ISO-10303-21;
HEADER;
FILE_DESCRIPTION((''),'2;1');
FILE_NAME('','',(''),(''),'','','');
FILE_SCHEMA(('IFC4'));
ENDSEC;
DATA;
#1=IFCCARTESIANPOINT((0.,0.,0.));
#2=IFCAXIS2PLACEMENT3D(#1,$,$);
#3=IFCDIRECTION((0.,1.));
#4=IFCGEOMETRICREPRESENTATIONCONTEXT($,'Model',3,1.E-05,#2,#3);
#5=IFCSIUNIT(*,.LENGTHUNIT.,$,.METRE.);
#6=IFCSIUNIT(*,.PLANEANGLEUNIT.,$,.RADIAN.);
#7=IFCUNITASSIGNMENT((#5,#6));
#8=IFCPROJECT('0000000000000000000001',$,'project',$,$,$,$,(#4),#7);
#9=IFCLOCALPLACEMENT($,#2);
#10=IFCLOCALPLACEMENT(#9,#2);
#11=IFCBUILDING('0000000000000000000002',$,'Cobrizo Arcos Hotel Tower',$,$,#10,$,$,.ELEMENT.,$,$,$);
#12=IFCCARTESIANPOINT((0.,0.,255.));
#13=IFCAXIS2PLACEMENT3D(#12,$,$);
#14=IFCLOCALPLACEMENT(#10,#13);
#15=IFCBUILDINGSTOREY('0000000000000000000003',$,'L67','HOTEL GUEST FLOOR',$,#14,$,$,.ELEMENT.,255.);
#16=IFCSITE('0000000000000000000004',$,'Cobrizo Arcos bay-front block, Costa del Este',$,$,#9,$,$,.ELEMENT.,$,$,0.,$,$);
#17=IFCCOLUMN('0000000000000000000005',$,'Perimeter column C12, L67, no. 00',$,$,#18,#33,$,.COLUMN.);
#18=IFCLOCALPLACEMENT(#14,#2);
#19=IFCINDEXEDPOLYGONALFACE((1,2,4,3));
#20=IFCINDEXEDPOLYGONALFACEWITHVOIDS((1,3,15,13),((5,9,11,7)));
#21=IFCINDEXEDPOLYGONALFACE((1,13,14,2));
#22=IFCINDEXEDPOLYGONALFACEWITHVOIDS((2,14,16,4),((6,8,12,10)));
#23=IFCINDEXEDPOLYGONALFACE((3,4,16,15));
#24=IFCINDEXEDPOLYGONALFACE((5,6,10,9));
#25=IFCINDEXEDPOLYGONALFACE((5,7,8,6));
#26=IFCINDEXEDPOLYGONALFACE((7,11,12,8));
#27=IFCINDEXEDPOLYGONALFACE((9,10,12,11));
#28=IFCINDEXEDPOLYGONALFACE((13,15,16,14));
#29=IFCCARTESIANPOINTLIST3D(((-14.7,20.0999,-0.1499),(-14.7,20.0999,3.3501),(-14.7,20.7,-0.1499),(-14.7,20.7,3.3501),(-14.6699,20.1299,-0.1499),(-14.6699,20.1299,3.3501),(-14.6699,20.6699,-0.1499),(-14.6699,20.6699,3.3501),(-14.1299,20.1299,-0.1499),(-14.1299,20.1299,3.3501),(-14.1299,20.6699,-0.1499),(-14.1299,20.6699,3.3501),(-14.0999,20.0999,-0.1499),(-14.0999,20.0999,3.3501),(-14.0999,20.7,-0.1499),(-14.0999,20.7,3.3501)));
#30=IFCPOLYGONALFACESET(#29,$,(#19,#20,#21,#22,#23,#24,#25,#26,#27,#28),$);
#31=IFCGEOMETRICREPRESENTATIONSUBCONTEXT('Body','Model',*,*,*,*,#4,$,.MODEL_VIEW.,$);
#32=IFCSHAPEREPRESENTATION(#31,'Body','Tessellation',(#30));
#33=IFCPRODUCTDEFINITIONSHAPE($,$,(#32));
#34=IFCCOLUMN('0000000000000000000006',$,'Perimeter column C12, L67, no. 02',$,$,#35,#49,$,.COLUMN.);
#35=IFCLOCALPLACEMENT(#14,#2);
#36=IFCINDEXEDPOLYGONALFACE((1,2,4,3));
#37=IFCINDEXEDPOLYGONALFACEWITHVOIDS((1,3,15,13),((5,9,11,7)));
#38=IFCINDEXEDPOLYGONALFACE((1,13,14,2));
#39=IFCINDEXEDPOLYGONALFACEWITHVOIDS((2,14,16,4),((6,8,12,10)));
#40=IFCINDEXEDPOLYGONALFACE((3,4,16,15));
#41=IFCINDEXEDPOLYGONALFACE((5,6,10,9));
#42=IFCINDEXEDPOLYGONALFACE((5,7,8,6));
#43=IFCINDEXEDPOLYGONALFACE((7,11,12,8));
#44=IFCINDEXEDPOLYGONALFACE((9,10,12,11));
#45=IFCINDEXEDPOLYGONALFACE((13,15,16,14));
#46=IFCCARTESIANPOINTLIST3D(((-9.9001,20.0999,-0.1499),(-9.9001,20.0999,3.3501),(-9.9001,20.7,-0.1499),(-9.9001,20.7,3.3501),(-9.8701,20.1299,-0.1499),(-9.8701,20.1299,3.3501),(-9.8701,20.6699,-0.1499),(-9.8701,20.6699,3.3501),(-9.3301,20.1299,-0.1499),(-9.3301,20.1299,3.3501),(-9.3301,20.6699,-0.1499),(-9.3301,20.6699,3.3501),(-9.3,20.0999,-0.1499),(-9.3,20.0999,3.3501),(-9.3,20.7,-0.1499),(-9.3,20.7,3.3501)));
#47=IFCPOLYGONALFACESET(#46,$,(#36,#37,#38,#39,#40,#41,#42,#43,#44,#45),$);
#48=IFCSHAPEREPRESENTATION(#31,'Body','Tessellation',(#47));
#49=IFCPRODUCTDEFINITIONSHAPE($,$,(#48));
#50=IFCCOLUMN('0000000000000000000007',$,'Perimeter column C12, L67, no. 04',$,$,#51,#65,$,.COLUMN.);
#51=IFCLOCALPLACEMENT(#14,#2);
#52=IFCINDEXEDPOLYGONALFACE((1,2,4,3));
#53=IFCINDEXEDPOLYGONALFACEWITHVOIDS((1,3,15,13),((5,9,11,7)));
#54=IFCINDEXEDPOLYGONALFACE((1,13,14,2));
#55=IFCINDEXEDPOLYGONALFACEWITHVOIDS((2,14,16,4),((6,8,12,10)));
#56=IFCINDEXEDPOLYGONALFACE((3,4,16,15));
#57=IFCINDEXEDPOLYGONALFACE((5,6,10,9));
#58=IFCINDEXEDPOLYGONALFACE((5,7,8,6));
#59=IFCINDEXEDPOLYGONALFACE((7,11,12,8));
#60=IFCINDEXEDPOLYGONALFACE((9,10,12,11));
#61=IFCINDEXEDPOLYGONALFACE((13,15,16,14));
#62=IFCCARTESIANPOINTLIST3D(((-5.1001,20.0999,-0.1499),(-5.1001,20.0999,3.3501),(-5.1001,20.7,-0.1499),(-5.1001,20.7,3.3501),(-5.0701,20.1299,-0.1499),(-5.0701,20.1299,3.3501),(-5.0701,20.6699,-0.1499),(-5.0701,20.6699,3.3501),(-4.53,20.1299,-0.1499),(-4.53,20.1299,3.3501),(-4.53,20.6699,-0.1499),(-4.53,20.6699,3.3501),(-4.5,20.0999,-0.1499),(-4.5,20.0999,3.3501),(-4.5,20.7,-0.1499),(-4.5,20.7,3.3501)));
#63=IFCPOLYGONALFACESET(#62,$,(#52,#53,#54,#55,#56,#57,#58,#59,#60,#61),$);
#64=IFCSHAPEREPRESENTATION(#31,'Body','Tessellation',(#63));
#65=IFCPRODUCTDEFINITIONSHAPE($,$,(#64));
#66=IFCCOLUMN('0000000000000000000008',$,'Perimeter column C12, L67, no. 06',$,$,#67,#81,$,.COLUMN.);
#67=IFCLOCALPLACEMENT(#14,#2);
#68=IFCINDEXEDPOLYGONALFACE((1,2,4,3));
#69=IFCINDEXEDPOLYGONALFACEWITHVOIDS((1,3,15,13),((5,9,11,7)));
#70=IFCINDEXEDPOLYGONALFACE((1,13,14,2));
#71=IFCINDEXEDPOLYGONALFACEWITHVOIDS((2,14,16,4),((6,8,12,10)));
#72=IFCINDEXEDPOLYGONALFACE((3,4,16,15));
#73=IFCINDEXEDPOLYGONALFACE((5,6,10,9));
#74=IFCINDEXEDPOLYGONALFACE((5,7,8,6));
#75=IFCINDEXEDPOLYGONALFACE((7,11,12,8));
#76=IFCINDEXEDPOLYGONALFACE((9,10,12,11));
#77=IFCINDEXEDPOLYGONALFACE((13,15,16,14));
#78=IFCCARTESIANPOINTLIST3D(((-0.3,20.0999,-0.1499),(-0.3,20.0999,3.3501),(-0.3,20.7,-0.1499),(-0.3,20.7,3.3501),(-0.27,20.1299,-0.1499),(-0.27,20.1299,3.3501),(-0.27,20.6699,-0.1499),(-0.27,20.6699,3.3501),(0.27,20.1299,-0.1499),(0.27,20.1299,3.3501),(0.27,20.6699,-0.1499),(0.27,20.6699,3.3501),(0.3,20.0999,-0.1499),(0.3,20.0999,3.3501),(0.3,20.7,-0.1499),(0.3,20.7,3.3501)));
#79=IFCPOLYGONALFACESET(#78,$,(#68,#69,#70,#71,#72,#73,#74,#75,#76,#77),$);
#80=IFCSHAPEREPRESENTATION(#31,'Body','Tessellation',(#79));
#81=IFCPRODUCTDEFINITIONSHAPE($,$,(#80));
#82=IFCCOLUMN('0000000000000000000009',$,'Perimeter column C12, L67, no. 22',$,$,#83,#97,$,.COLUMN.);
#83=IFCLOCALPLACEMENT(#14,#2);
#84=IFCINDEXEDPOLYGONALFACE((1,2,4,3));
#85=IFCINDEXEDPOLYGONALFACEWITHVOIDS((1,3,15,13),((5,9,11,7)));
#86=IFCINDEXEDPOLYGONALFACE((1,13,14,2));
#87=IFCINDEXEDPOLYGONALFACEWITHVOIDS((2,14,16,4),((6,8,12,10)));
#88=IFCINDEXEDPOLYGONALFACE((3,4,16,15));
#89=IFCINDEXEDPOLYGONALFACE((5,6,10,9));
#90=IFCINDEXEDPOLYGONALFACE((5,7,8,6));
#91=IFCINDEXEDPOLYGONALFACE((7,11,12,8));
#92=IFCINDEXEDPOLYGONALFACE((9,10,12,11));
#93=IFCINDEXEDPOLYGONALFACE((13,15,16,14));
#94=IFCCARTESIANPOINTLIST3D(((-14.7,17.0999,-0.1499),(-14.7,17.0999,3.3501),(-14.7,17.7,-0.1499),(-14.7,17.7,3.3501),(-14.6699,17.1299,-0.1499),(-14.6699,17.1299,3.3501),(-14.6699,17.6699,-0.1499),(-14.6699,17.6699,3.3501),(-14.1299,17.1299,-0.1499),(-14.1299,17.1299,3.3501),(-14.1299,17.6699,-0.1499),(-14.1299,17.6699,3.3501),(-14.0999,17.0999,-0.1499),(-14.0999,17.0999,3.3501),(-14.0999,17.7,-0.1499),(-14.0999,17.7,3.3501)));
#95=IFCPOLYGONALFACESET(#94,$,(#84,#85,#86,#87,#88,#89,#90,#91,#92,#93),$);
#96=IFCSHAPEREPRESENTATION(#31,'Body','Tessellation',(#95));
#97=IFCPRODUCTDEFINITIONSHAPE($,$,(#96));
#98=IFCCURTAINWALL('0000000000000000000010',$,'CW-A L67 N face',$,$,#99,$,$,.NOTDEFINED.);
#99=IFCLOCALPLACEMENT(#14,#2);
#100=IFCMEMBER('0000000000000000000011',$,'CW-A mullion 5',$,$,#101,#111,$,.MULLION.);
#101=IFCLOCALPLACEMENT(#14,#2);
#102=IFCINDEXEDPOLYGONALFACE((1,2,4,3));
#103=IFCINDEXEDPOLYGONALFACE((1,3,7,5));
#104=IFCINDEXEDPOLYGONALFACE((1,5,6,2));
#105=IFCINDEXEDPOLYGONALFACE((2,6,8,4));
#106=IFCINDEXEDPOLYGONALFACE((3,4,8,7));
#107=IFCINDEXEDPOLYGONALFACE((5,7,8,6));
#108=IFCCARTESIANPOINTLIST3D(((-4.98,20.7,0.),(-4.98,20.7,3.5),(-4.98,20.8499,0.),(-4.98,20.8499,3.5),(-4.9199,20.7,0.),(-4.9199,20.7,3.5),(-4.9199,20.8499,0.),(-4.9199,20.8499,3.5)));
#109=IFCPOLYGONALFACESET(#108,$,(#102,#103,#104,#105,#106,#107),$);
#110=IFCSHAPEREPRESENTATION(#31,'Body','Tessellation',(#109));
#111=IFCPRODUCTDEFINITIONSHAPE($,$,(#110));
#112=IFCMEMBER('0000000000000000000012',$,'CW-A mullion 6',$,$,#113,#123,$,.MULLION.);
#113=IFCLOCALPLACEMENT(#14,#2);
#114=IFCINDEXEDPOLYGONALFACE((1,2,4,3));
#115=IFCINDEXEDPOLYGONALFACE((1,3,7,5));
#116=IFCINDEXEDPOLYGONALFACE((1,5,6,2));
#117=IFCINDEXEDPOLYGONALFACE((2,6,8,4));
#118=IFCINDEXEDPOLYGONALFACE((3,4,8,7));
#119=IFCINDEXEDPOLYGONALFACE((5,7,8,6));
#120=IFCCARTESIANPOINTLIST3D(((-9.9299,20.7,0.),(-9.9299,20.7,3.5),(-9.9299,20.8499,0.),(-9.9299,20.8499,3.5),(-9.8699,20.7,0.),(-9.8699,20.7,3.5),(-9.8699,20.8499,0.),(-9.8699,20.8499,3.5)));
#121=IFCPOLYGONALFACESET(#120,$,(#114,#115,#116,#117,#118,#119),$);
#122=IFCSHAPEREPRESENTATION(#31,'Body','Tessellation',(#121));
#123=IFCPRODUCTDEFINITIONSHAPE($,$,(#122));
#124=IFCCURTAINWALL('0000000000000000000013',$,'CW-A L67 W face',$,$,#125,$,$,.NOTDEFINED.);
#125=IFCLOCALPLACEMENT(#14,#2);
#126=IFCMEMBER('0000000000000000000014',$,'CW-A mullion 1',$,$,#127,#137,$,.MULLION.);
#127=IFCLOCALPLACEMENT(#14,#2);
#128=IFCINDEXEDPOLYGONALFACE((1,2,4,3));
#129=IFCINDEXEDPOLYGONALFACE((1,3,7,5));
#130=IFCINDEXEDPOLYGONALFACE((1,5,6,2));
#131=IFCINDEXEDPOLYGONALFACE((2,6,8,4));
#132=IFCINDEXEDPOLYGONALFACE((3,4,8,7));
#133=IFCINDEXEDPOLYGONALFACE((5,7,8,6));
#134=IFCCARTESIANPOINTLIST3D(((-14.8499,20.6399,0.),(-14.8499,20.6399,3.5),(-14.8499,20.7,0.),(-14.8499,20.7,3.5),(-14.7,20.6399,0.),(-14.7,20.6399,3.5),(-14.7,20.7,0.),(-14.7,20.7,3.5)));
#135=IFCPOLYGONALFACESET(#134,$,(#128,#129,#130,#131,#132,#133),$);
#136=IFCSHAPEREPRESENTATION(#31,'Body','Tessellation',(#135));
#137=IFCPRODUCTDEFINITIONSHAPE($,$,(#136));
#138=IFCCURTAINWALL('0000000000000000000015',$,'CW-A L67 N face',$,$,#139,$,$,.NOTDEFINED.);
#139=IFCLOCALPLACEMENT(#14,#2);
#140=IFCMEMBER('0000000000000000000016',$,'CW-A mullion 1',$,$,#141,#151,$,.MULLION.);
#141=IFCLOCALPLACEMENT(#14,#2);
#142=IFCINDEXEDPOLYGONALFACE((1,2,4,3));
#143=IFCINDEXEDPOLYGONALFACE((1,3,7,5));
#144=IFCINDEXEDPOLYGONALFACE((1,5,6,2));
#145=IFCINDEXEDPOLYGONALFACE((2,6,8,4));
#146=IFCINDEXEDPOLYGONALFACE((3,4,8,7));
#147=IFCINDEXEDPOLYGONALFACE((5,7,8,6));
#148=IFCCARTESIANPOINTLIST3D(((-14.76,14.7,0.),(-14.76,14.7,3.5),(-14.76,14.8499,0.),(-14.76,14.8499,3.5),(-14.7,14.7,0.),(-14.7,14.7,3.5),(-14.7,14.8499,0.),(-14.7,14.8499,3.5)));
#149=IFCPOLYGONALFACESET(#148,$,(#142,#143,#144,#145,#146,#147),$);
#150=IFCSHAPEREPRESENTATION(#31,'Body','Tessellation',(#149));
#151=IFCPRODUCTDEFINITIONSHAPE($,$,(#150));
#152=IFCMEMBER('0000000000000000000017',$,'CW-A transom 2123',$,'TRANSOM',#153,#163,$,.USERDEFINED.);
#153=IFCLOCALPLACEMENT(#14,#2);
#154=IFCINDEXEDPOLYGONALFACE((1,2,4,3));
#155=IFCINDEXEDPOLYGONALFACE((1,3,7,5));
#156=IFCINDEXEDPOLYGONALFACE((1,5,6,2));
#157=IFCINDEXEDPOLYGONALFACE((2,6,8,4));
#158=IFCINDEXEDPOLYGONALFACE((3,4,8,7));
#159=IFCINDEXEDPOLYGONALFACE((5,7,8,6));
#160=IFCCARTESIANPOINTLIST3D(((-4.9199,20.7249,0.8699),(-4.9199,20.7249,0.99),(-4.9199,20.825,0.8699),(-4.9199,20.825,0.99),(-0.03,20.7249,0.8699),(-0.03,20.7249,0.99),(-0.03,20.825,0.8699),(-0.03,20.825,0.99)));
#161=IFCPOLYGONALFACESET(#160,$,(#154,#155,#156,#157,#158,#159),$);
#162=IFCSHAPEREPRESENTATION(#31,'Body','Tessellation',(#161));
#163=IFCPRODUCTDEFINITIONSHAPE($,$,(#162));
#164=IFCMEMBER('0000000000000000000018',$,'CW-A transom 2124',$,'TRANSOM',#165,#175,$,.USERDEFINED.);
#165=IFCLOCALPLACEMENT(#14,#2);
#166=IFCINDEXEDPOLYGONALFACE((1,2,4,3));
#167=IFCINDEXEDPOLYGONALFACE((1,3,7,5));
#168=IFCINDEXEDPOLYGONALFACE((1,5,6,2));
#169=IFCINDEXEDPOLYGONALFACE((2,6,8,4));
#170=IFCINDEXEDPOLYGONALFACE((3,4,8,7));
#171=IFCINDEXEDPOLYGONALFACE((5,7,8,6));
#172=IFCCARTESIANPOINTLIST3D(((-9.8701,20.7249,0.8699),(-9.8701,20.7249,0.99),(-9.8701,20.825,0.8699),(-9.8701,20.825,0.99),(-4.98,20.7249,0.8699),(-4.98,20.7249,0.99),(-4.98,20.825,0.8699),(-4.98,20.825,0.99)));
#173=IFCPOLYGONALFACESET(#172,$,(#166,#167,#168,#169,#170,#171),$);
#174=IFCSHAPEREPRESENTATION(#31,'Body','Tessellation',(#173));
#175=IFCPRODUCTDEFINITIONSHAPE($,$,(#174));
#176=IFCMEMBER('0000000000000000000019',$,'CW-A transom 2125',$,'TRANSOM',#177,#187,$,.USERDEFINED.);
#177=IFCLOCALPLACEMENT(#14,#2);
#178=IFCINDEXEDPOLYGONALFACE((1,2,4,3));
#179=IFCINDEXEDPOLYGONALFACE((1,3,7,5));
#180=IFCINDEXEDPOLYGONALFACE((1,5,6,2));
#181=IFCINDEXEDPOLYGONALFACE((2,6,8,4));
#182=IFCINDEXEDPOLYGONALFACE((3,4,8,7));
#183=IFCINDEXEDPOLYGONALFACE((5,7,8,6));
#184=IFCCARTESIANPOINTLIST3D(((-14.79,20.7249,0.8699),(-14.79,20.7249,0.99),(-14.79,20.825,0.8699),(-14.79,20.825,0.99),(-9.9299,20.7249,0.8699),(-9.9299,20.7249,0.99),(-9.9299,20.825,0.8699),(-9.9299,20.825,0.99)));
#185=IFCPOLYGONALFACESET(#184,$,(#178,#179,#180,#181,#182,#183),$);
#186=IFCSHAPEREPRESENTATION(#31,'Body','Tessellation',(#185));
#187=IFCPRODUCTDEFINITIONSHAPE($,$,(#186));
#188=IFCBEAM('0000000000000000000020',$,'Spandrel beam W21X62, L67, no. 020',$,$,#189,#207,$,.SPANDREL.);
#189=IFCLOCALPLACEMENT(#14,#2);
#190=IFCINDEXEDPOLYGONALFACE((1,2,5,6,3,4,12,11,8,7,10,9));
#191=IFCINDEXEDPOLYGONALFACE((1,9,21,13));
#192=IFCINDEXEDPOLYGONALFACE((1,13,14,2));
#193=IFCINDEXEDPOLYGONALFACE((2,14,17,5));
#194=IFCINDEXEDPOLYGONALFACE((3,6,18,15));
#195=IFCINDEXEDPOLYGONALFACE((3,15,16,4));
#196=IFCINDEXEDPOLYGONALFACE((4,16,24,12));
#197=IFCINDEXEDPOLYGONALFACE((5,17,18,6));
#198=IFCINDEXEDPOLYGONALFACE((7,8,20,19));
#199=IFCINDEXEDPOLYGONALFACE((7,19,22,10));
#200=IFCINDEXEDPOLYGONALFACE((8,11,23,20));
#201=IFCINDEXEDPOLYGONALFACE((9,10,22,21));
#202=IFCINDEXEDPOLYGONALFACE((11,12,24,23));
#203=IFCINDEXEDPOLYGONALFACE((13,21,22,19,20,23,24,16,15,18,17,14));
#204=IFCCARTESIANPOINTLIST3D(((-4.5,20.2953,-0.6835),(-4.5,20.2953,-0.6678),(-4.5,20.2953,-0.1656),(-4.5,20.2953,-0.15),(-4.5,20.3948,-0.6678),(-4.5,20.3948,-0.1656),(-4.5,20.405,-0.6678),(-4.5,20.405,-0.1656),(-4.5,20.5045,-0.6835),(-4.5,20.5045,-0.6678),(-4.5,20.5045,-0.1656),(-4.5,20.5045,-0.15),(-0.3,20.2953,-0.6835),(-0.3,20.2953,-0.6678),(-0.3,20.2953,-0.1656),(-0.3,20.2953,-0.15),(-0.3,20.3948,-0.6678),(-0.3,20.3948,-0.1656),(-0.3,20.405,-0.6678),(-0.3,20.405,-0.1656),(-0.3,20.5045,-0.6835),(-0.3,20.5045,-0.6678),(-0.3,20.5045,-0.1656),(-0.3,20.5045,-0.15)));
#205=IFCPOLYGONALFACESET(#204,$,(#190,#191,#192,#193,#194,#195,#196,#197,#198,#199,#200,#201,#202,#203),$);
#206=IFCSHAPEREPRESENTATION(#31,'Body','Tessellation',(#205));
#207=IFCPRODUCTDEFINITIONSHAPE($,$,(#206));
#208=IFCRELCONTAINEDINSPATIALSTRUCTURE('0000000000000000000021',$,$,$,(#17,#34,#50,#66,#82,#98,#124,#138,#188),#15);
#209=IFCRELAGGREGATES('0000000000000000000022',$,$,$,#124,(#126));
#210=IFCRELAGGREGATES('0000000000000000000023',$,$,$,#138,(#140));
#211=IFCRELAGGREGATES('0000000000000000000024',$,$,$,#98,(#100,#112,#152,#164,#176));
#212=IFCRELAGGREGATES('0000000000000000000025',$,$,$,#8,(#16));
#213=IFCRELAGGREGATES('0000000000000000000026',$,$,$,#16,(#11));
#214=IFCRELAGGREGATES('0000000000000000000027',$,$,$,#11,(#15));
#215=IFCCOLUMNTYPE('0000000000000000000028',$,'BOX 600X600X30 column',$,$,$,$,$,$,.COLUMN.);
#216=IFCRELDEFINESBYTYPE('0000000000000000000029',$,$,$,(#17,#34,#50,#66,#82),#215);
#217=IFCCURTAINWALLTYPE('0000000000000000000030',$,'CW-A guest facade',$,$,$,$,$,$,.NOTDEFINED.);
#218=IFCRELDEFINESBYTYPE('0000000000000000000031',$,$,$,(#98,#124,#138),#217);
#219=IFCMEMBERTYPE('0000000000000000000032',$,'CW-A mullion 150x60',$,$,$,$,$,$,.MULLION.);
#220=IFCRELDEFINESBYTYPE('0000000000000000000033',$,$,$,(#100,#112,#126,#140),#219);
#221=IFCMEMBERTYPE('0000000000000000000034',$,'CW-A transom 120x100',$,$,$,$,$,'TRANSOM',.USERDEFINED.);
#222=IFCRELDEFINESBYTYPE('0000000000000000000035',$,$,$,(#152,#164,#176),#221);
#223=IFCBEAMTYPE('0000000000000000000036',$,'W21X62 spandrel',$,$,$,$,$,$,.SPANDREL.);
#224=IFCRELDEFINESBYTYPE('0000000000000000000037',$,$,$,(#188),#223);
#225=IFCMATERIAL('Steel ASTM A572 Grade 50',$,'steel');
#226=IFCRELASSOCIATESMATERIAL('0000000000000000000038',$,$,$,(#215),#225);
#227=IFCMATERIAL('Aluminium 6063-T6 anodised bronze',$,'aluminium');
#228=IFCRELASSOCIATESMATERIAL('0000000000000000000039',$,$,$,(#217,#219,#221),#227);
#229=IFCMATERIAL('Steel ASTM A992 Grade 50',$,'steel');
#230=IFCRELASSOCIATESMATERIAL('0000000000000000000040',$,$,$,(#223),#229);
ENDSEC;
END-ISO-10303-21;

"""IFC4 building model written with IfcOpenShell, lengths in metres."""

from ifc_helpers import new_model, si_unit, direction, frame, origin, origin_2d, place, context, subcontext, project, spatial, rectangle, hollow_rectangle, i_section, extrude, material, material_profile, profile_set, type_object, element, aggregate, save


model = new_model("IFC4")

# Units and contexts
model_context = context("Model", 3, precision=1e-05, world=origin(), true_north=direction((0.0, 1.0)))
body_context = subcontext(model_context, "Body", "Model", "MODEL_VIEW")
ifc_project = project(units=[si_unit("LENGTHUNIT", "METRE"), si_unit("PLANEANGLEUNIT", "RADIAN")], contexts=[model_context])

# Site, building, storey
site_placement = place(None, origin())
site = spatial("IfcSite", under=ifc_project, at=site_placement, Name="Cobrizo Arcos bay-front block, Costa del Este", CompositionType="ELEMENT", RefElevation=0.0)
building_placement = place(site_placement, origin())
building = spatial("IfcBuilding", under=site, at=building_placement, Name="Cobrizo Arcos Hotel Tower", CompositionType="ELEMENT")
storey_placement = place(building_placement, frame((0.0, 0.0, 255.0)))
storey = spatial("IfcBuildingStorey", under=building, at=storey_placement, Name="L67", Description="HOTEL GUEST FLOOR", CompositionType="ELEMENT", Elevation=255.0)

# Columns
ifc_material_1 = material(Name="Steel ASTM A572 Grade 50", Category="steel")
ifc_material_profile_1 = material_profile(ifc_material_1, hollow_rectangle(XDim=0.6001, YDim=0.6001, WallThickness=0.03, at=origin_2d()), Name="BOX 600X600X30")
ifc_profile_set_1 = profile_set([ifc_material_profile_1], Name="Steel ASTM A572 Grade 50")
column_type = type_object("IfcColumnType", Name="BOX 600X600X30 column", PredefinedType="COLUMN", material=ifc_profile_set_1)
for number, where, z_axis, x_axis, name in (
    (1, (-14.3999, 20.3999, -0.1499), (0.0, 0.0, 1.0), (1.0, 0.0, 0.0), "Perimeter column C12, L67, no. 00"),
    (2, (-9.6001, 20.3999, -0.1499), (0.0, 0.0, 1.0), (1.0, 0.0, 0.0), "Perimeter column C12, L67, no. 02"),
    (3, (-4.8, 20.3999, -0.1499), (0.0, 0.0, 1.0), (1.0, 0.0, 0.0), "Perimeter column C12, L67, no. 04"),
    (4, (0.0, 20.3999, -0.1499), (0.0, 0.0, 1.0), (1.0, 0.0, 0.0), "Perimeter column C12, L67, no. 06"),
    (5, (-14.3999, 17.3999, -0.1499), (0.0, 0.0, 1.0), (1.0, 0.0, 0.0), "Perimeter column C12, L67, no. 22"),
):
    element("IfcColumn", number, at=place(storey_placement, frame(where, z_axis=z_axis, x_axis=x_axis)), inside=storey, type_object=column_type, Name=name, PredefinedType="COLUMN", context=body_context, shape_type="SweptSolid", body=[
        extrude(hollow_rectangle(XDim=0.6001, YDim=0.6001, WallThickness=0.03, at=origin_2d()), origin(), (0.0, 0.0, 1.0), 3.5),
    ])

# Curtain wall, members
ifc_material_2 = material(Name="Aluminium 6063-T6 anodised bronze", Category="aluminium")
curtain_wall_type = type_object("IfcCurtainWallType", Name="CW-A guest facade", PredefinedType="NOTDEFINED", material=ifc_material_2)
curtain_wall_1_placement = place(storey_placement, origin())
curtain_wall_1 = element("IfcCurtainWall", 6, at=curtain_wall_1_placement, inside=storey, type_object=curtain_wall_type, Name="CW-A L67 N face", PredefinedType="NOTDEFINED")
ifc_material_profile_2 = material_profile(ifc_material_2, rectangle(XDim=0.1499, YDim=0.0601, at=origin_2d()), Name="CW-A mullion 150x60")
ifc_profile_set_2 = profile_set([ifc_material_profile_2], Name="Aluminium 6063-T6 anodised bronze")
member_type_1 = type_object("IfcMemberType", Name="CW-A mullion 150x60", PredefinedType="MULLION", material=ifc_profile_set_2)
member_1_placement = place(storey_placement, frame((-4.95, 20.7749, 0.0), z_axis=(0.0, 0.0, 1.0), x_axis=(0.0, 1.0, 0.0)))
member_1 = element("IfcMember", 7, at=member_1_placement, type_object=member_type_1, Name="CW-A mullion 5", PredefinedType="MULLION", context=body_context, shape_type="SweptSolid", body=[
    extrude(rectangle(XDim=0.1499, YDim=0.0601, at=origin_2d()), origin(), (0.0, 0.0, 1.0), 3.5),
])
member_2_placement = place(storey_placement, frame((-9.8999, 20.7749, 0.0), z_axis=(0.0, 0.0, 1.0), x_axis=(0.0, 1.0, 0.0)))
member_2 = element("IfcMember", 8, at=member_2_placement, type_object=member_type_1, Name="CW-A mullion 6", PredefinedType="MULLION", context=body_context, shape_type="SweptSolid", body=[
    extrude(rectangle(XDim=0.1499, YDim=0.0601, at=origin_2d()), origin(), (0.0, 0.0, 1.0), 3.5),
])

# Curtain walls, members
curtain_wall_2_placement = place(storey_placement, origin())
curtain_wall_2 = element("IfcCurtainWall", 9, at=curtain_wall_2_placement, inside=storey, type_object=curtain_wall_type, Name="CW-A L67 W face", PredefinedType="NOTDEFINED")
member_3_placement = place(storey_placement, frame((-14.7749, 20.6699, 0.0), z_axis=(0.0, 0.0, 1.0), x_axis=(-1.0, 0.0, 0.0)))
member_3 = element("IfcMember", 10, at=member_3_placement, type_object=member_type_1, Name="CW-A mullion 1", PredefinedType="MULLION", context=body_context, shape_type="SweptSolid", body=[
    extrude(rectangle(XDim=0.1499, YDim=0.0601, at=origin_2d()), origin(), (0.0, 0.0, 1.0), 3.5),
])
aggregate(curtain_wall_2, [member_3])
curtain_wall_3_placement = place(storey_placement, origin())
curtain_wall_3 = element("IfcCurtainWall", 11, at=curtain_wall_3_placement, inside=storey, type_object=curtain_wall_type, Name="CW-A L67 N face", PredefinedType="NOTDEFINED")
member_4_placement = place(storey_placement, frame((-14.73, 14.7749, 0.0), z_axis=(0.0, 0.0, 1.0), x_axis=(0.0, 1.0, 0.0)))
member_4 = element("IfcMember", 12, at=member_4_placement, type_object=member_type_1, Name="CW-A mullion 1", PredefinedType="MULLION", context=body_context, shape_type="SweptSolid", body=[
    extrude(rectangle(XDim=0.1499, YDim=0.0601, at=origin_2d()), origin(), (0.0, 0.0, 1.0), 3.5),
])
aggregate(curtain_wall_3, [member_4])

# Members
ifc_material_profile_3 = material_profile(ifc_material_2, rectangle(XDim=0.1001, YDim=0.1201, at=origin_2d()), Name="CW-A transom 120x100")
ifc_profile_set_3 = profile_set([ifc_material_profile_3], Name="Aluminium 6063-T6 anodised bronze")
member_type_2 = type_object("IfcMemberType", Name="CW-A transom 120x100", ElementType="TRANSOM", PredefinedType="USERDEFINED", material=ifc_profile_set_3)
member_5_placement = place(storey_placement, frame((-0.03, 20.7749, 0.9299), z_axis=(-1.0, 0.0, 0.0), x_axis=(0.0, -1.0, 0.0)))
member_5 = element("IfcMember", 13, at=member_5_placement, type_object=member_type_2, Name="CW-A transom 2123", ObjectType="TRANSOM", PredefinedType="USERDEFINED", context=body_context, shape_type="SweptSolid", body=[
    extrude(rectangle(XDim=0.1001, YDim=0.1201, at=origin_2d()), origin(), (0.0, 0.0, 1.0), 4.8899),
])
member_6_placement = place(storey_placement, frame((-4.98, 20.7749, 0.9299), z_axis=(-1.0, 0.0, 0.0), x_axis=(0.0, -1.0, 0.0)))
member_6 = element("IfcMember", 14, at=member_6_placement, type_object=member_type_2, Name="CW-A transom 2124", ObjectType="TRANSOM", PredefinedType="USERDEFINED", context=body_context, shape_type="SweptSolid", body=[
    extrude(rectangle(XDim=0.1001, YDim=0.1201, at=origin_2d()), origin(), (0.0, 0.0, 1.0), 4.8901),
])
member_7_placement = place(storey_placement, frame((-9.9299, 20.7749, 0.9299), z_axis=(-1.0, 0.0, 0.0), x_axis=(0.0, -1.0, 0.0)))
member_7 = element("IfcMember", 15, at=member_7_placement, type_object=member_type_2, Name="CW-A transom 2125", ObjectType="TRANSOM", PredefinedType="USERDEFINED", context=body_context, shape_type="SweptSolid", body=[
    extrude(rectangle(XDim=0.1001, YDim=0.1201, at=origin_2d()), origin(), (0.0, 0.0, 1.0), 4.8601),
])

# Beam
ifc_material_3 = material(Name="Steel ASTM A992 Grade 50", Category="steel")
ifc_material_profile_4 = material_profile(ifc_material_3, i_section(OverallWidth=0.2092, OverallDepth=0.5334, WebThickness=0.0103, FlangeThickness=0.0156, at=origin_2d()), Name="W21X62")
ifc_profile_set_4 = profile_set([ifc_material_profile_4], Name="Steel ASTM A992 Grade 50")
beam_type = type_object("IfcBeamType", Name="W21X62 spandrel", PredefinedType="SPANDREL", material=ifc_profile_set_4)
for number, where, z_axis, x_axis, name in (
    (16, (-0.3, 20.3999, -0.4167), (-1.0, 0.0, 0.0), (0.0, -1.0, 0.0), "Spandrel beam W21X62, L67, no. 020"),
):
    element("IfcBeam", number, at=place(storey_placement, frame(where, z_axis=z_axis, x_axis=x_axis)), inside=storey, type_object=beam_type, Name=name, PredefinedType="SPANDREL", context=body_context, shape_type="SweptSolid", body=[
        extrude(i_section(OverallWidth=0.2092, OverallDepth=0.5334, WebThickness=0.0103, FlangeThickness=0.0156, at=origin_2d()), origin(), (0.0, 0.0, 1.0), 4.2),
    ])

aggregate(curtain_wall_1, [member_1, member_2, member_5, member_6, member_7])

save(model, "model.ifc")
